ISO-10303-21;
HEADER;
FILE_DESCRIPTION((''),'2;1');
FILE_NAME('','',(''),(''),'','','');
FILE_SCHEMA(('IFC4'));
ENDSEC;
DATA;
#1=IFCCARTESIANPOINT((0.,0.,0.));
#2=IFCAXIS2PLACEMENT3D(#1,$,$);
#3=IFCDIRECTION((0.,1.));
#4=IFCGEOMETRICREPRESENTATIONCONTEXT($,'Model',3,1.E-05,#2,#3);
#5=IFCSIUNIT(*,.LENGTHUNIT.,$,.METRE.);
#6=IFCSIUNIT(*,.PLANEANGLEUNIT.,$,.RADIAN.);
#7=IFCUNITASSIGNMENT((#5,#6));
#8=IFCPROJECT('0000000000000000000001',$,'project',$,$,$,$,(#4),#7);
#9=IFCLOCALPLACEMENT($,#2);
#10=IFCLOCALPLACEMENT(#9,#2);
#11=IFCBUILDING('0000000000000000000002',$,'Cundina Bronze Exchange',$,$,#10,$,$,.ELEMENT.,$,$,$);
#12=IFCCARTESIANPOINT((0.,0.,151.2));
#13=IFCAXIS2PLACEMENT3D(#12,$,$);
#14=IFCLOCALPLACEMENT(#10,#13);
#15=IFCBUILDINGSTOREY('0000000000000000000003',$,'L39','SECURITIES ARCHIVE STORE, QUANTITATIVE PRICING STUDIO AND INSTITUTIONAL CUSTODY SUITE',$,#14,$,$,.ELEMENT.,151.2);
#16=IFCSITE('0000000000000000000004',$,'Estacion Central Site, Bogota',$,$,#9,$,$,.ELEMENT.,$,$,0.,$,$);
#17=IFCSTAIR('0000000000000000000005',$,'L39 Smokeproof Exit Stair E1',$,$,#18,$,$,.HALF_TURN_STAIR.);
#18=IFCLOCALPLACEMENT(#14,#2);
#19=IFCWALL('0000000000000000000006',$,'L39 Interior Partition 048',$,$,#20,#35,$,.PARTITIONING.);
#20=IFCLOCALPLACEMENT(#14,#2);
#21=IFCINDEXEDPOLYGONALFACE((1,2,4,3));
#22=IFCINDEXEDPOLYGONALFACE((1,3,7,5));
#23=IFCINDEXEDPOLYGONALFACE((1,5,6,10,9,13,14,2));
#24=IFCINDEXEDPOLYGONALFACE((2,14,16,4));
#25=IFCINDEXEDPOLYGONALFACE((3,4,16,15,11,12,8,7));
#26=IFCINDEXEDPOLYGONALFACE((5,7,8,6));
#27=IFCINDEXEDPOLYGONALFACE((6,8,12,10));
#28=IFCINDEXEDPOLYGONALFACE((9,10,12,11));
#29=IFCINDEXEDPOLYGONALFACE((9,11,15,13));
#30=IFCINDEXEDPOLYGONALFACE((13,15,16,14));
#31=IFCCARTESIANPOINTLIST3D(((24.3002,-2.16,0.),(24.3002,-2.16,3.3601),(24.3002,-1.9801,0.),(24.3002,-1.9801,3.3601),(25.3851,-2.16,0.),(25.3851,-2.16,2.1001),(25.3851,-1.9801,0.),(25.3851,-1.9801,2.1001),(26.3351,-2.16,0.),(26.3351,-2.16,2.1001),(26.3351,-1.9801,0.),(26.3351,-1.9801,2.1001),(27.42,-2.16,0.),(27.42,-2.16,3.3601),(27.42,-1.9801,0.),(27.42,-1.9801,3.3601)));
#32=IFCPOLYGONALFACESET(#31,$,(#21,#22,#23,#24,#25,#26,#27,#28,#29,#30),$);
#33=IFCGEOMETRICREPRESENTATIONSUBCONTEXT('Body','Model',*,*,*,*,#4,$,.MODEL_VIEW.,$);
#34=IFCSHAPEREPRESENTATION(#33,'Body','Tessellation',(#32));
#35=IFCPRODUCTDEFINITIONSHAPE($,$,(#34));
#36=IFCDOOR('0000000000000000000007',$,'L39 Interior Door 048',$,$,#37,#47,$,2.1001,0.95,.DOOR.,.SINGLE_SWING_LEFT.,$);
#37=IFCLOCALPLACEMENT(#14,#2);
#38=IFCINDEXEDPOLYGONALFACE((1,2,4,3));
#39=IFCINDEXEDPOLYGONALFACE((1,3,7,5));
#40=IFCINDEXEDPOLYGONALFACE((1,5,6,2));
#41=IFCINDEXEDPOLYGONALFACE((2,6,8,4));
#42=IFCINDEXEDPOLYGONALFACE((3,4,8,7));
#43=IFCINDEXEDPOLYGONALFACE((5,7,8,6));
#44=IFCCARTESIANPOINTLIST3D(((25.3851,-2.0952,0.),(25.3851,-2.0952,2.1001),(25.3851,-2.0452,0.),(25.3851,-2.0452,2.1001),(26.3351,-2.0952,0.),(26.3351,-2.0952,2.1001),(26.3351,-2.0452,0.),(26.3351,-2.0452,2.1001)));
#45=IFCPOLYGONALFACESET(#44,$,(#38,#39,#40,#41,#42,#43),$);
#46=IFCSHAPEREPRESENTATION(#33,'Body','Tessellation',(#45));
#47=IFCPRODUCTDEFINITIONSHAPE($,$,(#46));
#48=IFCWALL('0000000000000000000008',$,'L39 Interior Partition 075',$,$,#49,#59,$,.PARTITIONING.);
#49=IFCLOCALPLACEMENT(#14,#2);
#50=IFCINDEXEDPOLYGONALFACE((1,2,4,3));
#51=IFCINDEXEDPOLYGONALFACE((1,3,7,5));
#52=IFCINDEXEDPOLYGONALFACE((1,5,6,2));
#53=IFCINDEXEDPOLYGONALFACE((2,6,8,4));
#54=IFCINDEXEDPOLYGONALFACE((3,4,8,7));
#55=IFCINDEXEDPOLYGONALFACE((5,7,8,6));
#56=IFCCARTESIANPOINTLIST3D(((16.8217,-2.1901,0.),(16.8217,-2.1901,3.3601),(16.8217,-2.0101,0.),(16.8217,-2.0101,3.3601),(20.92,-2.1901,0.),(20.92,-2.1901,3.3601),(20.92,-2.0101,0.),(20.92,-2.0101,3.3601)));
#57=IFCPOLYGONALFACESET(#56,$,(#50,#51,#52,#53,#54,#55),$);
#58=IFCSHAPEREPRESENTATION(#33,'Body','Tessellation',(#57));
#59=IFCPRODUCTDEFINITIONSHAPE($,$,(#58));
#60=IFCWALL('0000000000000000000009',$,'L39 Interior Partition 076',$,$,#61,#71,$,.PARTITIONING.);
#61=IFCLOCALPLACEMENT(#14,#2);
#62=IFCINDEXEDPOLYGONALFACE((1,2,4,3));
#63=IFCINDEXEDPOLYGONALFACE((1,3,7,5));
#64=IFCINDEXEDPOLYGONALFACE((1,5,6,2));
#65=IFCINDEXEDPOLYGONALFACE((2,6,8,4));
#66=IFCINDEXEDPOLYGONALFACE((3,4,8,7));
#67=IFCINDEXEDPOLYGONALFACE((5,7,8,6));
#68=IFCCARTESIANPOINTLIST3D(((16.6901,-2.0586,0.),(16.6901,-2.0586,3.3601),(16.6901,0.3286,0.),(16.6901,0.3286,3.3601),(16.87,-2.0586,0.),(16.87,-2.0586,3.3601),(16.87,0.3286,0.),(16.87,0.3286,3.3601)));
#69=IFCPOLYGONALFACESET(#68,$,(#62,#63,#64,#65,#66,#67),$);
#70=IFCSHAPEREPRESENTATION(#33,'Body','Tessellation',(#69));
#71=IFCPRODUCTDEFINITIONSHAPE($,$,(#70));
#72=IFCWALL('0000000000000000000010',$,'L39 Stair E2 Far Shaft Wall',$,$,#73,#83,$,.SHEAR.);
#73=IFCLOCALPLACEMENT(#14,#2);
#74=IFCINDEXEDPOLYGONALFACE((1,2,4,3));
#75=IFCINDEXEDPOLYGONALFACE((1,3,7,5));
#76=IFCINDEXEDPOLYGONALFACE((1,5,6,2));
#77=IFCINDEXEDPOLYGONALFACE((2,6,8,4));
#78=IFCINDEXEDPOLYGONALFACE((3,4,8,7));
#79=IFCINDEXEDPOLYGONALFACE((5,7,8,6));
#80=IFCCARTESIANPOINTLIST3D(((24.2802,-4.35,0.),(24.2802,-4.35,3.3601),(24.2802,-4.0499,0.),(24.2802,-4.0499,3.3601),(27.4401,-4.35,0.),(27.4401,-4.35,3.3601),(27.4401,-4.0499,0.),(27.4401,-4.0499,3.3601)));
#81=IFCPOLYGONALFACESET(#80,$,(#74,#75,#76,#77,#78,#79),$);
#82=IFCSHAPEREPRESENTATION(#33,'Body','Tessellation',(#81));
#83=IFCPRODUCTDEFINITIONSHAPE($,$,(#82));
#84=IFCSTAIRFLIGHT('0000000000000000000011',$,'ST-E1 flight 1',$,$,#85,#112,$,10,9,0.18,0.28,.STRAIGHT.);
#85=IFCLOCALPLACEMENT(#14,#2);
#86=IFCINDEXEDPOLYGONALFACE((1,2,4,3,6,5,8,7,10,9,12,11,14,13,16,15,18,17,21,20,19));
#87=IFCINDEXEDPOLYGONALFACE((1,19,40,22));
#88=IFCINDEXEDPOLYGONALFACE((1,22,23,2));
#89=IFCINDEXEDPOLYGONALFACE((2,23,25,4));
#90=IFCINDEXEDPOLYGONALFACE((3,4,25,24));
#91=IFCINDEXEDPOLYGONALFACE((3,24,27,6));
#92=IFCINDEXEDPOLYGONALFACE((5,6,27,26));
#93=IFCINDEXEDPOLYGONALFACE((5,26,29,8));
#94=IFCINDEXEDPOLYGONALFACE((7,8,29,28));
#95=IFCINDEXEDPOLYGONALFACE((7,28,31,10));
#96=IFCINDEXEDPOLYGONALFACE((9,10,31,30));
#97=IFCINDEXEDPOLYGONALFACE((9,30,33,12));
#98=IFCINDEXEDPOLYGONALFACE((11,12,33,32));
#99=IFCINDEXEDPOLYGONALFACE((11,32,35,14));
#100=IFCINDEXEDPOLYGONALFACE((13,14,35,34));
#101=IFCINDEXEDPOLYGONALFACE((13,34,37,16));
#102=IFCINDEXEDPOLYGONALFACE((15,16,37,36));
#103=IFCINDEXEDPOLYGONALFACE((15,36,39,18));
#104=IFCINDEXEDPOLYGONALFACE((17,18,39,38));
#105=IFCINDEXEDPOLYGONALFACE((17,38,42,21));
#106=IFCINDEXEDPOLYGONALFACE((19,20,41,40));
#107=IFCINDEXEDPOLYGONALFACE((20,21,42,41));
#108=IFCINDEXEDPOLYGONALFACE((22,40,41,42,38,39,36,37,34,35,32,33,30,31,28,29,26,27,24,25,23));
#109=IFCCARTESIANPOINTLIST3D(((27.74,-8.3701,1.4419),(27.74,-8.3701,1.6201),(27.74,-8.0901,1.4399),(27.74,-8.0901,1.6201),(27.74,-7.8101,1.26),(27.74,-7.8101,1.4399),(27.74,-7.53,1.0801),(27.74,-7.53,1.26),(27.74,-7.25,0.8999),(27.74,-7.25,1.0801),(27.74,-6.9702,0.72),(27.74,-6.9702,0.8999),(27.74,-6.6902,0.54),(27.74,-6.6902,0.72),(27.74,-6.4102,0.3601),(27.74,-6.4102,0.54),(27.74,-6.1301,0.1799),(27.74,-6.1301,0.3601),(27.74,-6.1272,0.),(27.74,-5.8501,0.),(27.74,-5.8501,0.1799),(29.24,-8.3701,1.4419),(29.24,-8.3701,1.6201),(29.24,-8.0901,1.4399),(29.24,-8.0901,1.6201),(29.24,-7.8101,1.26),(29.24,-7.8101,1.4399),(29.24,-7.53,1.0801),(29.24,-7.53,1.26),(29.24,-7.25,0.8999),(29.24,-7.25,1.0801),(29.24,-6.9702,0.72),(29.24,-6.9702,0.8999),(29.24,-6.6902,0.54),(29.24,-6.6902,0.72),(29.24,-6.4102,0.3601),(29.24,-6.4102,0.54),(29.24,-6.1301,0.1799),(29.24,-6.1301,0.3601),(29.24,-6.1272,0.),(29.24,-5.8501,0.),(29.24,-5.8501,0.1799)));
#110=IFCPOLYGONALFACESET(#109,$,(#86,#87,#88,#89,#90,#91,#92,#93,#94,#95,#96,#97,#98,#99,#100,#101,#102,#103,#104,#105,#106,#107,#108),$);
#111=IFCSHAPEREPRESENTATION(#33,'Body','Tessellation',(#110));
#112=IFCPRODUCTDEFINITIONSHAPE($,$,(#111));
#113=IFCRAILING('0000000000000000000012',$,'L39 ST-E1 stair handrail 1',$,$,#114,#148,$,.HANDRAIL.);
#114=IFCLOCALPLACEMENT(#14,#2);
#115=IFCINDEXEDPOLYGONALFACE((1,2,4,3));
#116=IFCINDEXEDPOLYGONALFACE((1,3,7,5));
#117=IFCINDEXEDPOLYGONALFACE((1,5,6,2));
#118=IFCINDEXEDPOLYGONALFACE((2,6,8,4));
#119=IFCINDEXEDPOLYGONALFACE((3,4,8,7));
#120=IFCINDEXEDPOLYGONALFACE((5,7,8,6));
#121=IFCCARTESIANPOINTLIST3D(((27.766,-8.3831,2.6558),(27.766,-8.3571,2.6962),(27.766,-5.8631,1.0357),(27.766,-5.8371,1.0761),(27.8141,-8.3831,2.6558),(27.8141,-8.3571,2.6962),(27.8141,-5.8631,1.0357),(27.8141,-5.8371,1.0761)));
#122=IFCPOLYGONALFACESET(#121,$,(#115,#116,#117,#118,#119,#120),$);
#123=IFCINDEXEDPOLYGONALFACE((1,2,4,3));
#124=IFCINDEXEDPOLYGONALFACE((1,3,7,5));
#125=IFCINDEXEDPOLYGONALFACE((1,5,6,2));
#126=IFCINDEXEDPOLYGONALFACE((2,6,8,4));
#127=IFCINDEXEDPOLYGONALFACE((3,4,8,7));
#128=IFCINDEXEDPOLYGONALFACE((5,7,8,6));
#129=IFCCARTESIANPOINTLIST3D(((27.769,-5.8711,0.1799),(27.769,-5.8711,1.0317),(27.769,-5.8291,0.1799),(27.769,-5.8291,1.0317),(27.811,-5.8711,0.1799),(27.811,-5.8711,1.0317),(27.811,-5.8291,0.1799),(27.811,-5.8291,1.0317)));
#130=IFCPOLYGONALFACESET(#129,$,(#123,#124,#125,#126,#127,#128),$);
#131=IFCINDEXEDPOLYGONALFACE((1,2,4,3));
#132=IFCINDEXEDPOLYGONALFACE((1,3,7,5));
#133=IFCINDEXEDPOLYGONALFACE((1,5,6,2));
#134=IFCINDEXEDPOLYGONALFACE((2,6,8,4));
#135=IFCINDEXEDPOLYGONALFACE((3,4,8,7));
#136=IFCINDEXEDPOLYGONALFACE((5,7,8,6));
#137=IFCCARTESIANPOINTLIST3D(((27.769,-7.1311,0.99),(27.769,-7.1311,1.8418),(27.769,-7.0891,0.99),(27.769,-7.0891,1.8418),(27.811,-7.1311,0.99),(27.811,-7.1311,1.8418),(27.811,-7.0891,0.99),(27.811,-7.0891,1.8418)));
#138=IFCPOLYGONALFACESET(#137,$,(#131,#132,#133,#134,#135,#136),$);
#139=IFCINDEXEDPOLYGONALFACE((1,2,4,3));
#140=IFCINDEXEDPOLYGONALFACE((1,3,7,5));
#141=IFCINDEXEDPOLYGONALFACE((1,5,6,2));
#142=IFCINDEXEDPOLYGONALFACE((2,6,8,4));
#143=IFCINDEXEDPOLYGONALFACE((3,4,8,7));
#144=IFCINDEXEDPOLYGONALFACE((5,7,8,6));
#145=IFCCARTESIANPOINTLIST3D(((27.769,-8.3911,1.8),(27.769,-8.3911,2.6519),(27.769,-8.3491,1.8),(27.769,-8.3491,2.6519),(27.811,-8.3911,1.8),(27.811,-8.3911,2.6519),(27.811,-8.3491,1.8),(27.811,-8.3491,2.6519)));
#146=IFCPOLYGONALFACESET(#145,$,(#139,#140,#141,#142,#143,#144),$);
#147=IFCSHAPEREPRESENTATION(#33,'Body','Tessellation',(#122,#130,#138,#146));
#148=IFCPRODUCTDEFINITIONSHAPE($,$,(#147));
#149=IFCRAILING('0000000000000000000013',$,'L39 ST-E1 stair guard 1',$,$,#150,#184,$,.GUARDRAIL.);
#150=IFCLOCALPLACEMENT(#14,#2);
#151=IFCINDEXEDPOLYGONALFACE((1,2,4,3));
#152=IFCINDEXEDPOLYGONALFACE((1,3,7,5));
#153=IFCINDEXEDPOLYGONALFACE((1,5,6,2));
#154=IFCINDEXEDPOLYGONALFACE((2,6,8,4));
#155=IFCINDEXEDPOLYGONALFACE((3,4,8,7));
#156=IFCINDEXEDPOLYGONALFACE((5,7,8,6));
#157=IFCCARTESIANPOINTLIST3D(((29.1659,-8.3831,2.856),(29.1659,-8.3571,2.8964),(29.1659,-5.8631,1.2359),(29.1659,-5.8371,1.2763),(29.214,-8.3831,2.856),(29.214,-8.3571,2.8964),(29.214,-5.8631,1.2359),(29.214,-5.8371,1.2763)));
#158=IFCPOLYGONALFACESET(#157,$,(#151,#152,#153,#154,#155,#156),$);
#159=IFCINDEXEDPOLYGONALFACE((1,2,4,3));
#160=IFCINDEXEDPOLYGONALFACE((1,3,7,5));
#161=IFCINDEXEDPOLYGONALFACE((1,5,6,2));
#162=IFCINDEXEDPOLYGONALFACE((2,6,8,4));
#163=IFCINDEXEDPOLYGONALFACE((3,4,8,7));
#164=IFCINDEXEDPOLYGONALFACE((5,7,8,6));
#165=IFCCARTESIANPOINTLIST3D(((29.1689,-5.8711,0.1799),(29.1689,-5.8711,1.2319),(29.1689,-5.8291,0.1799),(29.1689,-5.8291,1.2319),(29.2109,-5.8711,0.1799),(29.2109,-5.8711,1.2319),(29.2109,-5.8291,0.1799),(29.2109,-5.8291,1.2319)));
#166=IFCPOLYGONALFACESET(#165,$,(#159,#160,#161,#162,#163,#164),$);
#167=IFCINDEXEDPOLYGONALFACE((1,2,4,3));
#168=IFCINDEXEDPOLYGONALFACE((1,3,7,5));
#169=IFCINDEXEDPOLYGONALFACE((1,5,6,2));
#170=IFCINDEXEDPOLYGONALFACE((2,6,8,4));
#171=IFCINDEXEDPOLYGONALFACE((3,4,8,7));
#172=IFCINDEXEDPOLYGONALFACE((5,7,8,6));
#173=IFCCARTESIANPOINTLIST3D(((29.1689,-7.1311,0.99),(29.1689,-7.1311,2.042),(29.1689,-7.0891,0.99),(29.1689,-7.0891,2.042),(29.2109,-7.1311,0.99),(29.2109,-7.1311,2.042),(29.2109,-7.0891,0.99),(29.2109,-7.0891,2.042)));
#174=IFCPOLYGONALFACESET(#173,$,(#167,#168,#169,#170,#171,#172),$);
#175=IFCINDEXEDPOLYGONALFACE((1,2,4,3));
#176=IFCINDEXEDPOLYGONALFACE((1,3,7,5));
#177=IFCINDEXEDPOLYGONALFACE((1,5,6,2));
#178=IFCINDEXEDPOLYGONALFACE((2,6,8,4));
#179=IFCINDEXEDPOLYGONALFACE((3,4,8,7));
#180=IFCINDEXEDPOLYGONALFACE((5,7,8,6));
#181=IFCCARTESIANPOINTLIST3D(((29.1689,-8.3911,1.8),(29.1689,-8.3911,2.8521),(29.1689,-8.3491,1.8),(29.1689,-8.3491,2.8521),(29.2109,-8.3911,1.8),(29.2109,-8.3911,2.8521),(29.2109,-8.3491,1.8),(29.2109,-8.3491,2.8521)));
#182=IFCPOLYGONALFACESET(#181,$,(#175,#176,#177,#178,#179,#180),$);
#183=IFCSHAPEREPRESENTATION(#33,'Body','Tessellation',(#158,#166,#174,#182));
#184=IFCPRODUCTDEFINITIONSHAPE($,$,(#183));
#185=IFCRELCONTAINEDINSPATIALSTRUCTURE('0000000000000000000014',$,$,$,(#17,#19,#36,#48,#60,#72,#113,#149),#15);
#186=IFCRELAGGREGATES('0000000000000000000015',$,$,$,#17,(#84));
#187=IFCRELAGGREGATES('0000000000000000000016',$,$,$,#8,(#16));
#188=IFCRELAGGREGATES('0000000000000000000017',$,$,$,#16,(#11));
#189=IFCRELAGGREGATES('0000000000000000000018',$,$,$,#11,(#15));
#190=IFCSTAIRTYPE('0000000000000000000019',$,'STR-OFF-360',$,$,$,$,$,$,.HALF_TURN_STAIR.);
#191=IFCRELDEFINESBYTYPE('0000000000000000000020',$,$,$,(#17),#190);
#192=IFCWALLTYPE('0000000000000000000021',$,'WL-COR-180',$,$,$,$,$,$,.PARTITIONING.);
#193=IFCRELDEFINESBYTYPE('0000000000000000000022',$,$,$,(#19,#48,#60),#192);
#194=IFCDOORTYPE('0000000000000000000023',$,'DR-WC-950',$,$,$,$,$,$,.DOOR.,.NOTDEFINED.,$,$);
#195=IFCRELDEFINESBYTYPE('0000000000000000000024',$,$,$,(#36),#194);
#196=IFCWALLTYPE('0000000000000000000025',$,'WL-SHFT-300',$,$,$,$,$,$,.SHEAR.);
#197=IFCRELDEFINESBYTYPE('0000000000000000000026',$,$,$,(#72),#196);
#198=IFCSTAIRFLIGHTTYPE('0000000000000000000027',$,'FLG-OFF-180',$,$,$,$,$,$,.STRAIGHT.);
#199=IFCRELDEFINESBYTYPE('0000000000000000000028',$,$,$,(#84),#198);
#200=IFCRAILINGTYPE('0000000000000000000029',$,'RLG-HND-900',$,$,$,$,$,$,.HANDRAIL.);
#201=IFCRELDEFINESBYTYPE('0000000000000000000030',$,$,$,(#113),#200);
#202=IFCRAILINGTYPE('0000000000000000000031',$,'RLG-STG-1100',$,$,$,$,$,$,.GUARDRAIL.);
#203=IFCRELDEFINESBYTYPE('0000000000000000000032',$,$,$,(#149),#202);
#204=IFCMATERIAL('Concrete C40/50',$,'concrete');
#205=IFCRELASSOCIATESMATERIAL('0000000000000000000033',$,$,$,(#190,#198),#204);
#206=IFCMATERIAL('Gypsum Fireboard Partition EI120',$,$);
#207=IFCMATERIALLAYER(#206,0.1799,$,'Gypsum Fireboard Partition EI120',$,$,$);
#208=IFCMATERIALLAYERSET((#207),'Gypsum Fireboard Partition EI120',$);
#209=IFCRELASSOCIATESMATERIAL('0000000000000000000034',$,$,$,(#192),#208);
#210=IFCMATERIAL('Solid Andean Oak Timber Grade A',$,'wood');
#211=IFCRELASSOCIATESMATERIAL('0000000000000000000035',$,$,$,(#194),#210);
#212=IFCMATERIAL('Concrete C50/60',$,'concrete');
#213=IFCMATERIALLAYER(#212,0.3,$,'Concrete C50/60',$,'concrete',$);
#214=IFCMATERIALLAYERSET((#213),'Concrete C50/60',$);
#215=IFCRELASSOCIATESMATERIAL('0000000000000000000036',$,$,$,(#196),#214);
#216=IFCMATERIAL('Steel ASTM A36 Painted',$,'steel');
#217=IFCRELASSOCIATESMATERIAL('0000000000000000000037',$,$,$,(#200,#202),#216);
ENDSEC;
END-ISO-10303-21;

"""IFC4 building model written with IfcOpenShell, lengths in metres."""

from ifc_helpers import new_model, si_unit, direction, frame, frame_2d, origin, origin_2d, place, context, subcontext, project, spatial, polyline, rectangle, outline, extrude, material, layer, layer_set, type_object, element, fill, aggregate, save


model = new_model("IFC4")

# Units and contexts
model_context = context("Model", 3, precision=1e-05, world=origin(), true_north=direction((0.0, 1.0)))
body_context = subcontext(model_context, "Body", "Model", "MODEL_VIEW")
ifc_project = project(units=[si_unit("LENGTHUNIT", "METRE"), si_unit("PLANEANGLEUNIT", "RADIAN")], contexts=[model_context])

# Site, building, storey
site_placement = place(None, origin())
site = spatial("IfcSite", under=ifc_project, at=site_placement, Name="Estacion Central Site, Bogota", CompositionType="ELEMENT", RefElevation=0.0)
building_placement = place(site_placement, origin())
building = spatial("IfcBuilding", under=site, at=building_placement, Name="Cundina Bronze Exchange", CompositionType="ELEMENT")
storey_placement = place(building_placement, frame((0.0, 0.0, 151.2)))
storey = spatial("IfcBuildingStorey", under=building, at=storey_placement, Name="L39", Description="SECURITIES ARCHIVE STORE, QUANTITATIVE PRICING STUDIO AND INSTITUTIONAL CUSTODY SUITE", CompositionType="ELEMENT", Elevation=151.2)

# Shared definitions
ifc_material_1 = material(Name="Concrete C50/60", Category="concrete")

# Stair
ifc_material_2 = material(Name="Concrete C40/50", Category="concrete")
stair_type = type_object("IfcStairType", Name="STR-OFF-360", PredefinedType="HALF_TURN_STAIR", material=ifc_material_2)
stair_1_placement = place(storey_placement, origin())
stair_1 = element("IfcStair", 1, at=stair_1_placement, inside=storey, type_object=stair_type, Name="L39 Smokeproof Exit Stair E1", PredefinedType="HALF_TURN_STAIR")

# Wall, opening, door
ifc_material_3 = material(Name="Gypsum Fireboard Partition EI120")
ifc_layer_1 = layer(ifc_material_3, 0.1799, Name="Gypsum Fireboard Partition EI120")
ifc_layer_set_1 = layer_set([ifc_layer_1], Name="Gypsum Fireboard Partition EI120")
wall_type_1 = type_object("IfcWallType", Name="WL-COR-180", PredefinedType="PARTITIONING", material=ifc_layer_set_1)
ifc_material_4 = material(Name="Steel ASTM A36 Painted", Category="steel")
wall_1_placement = place(storey_placement, frame((24.3, -2.0701, 0.0), z_axis=(0.0, 0.0, 1.0), x_axis=(1.0, 0.0, 0.0)))
wall_1 = element("IfcWall", 2, at=wall_1_placement, inside=storey, type_object=wall_type_1, Name="L39 Interior Partition 048", PredefinedType="PARTITIONING", context=body_context, shape_type="SweptSolid", body=[
    extrude(rectangle(XDim=3.1199, YDim=0.1799, at=frame_2d((1.5601, 0.0))), origin(), (0.0, 0.0, 1.0), 3.3601),
])
opening_1_placement = place(wall_1_placement, frame((1.085, 0.0, 0.0)))
opening_1 = element("IfcOpeningElement", 3, at=opening_1_placement, cuts=wall_1, PredefinedType="OPENING", context=body_context, shape_type="SweptSolid", body=[
    extrude(rectangle(XDim=0.95, YDim=2.1001, at=frame_2d((0.4751, 1.05))), frame((0.0, 0.0999, 0.0), z_axis=(0.0, -1.0, 0.0), x_axis=(1.0, 0.0, 0.0)), (0.0, 0.0, 1.0), 0.2),
])
ifc_material_5 = material(Name="Solid Andean Oak Timber Grade A", Category="wood")
door_type_1 = type_object("IfcDoorType", Name="DR-WC-950", OperationType="NOTDEFINED", PredefinedType="DOOR", material=ifc_material_5)
door_1_placement = place(opening_1_placement, origin())
door_1 = element("IfcDoor", 4, at=door_1_placement, inside=storey, type_object=door_type_1, Name="L39 Interior Door 048", OperationType="SINGLE_SWING_LEFT", OverallHeight=2.1001, OverallWidth=0.95, PredefinedType="DOOR", context=body_context, shape_type="SweptSolid", body=[
    extrude(rectangle(XDim=0.95, YDim=2.1001, at=frame_2d((0.4751, 1.05))), frame((0.0, 0.0249, 0.0), z_axis=(0.0, -1.0, 0.0), x_axis=(1.0, 0.0, 0.0)), (0.0, 0.0, 1.0), 0.05),
])
fill(opening_1, door_1)

# Walls
wall_2_placement = place(storey_placement, frame((16.8215, -2.1001, 0.0), z_axis=(0.0, 0.0, 1.0), x_axis=(1.0, 0.0, 0.0)))
element("IfcWall", 5, at=wall_2_placement, inside=storey, type_object=wall_type_1, Name="L39 Interior Partition 075", PredefinedType="PARTITIONING", context=body_context, shape_type="SweptSolid", body=[
    extrude(rectangle(XDim=4.0984, YDim=0.1799, at=frame_2d((2.0493, 0.0))), origin(), (0.0, 0.0, 1.0), 3.3601),
])
wall_3_placement = place(storey_placement, frame((16.78, 0.3286, 0.0), z_axis=(0.0, 0.0, 1.0), x_axis=(0.0, -1.0, 0.0)))
element("IfcWall", 6, at=wall_3_placement, inside=storey, type_object=wall_type_1, Name="L39 Interior Partition 076", PredefinedType="PARTITIONING", context=body_context, shape_type="SweptSolid", body=[
    extrude(rectangle(XDim=2.3872, YDim=0.1799, at=frame_2d((1.1936, 0.0))), origin(), (0.0, 0.0, 1.0), 3.3601),
])

# Shared definitions
ifc_layer_2 = layer(ifc_material_1, 0.3, Name="Concrete C50/60", Category="concrete")
ifc_layer_set_2 = layer_set([ifc_layer_2], Name="Concrete C50/60")
wall_type_2 = type_object("IfcWallType", Name="WL-SHFT-300", PredefinedType="SHEAR", material=ifc_layer_set_2)

# Wall
wall_4_placement = place(storey_placement, frame((24.28, -4.2, 0.0), z_axis=(0.0, 0.0, 1.0), x_axis=(1.0, 0.0, 0.0)))
element("IfcWall", 7, at=wall_4_placement, inside=storey, type_object=wall_type_2, Name="L39 Stair E2 Far Shaft Wall", PredefinedType="SHEAR", context=body_context, shape_type="SweptSolid", body=[
    extrude(rectangle(XDim=3.1599, YDim=0.3, at=frame_2d((1.5801, 0.0))), origin(), (0.0, 0.0, 1.0), 3.3601),
])

# Stair flight
stair_flight_type = type_object("IfcStairFlightType", Name="FLG-OFF-180", PredefinedType="STRAIGHT", material=ifc_material_2)
stair_flight_placement = place(storey_placement, frame((28.49, -5.8501, 0.0), z_axis=(0.0, 0.0, 1.0), x_axis=(0.0, -1.0, 0.0)))
stair_flight = element("IfcStairFlight", 8, at=stair_flight_placement, type_object=stair_flight_type, Name="ST-E1 flight 1", NumberOfRisers=10, NumberOfTreads=9, PredefinedType="STRAIGHT", RiserHeight=0.18, TreadLength=0.28, context=body_context, shape_type="SweptSolid", body=[
    extrude(outline(polyline([(0.0, 0.0), (0.0, 0.1799), (0.28, 0.1799), (0.28, 0.3601), (0.5601, 0.3601), (0.5601, 0.54), (0.8401, 0.54), (0.8401, 0.72), (1.1201, 0.72), (1.1201, 0.8999), (1.3999, 0.8999), (1.3999, 1.0801), (1.6799, 1.0801), (1.6799, 1.26), (1.96, 1.26), (1.96, 1.4399), (2.24, 1.4399), (2.24, 1.6201), (2.52, 1.6201), (2.52, 1.8), (2.52, 1.4419), (0.2771, 0.0), (0.0, 0.0)])), frame((0.0, 0.75, 0.0), z_axis=(0.0, -1.0, 0.0), x_axis=(1.0, 0.0, 0.0)), (0.0, 0.0, 1.0), 1.5),
])
aggregate(stair_1, [stair_flight])

# Railings
railing_type_1 = type_object("IfcRailingType", Name="RLG-HND-900", PredefinedType="HANDRAIL", material=ifc_material_4)
railing_1_placement = place(storey_placement, frame((27.79, -5.8501, 0.1799)))
element("IfcRailing", 9, at=railing_1_placement, inside=storey, type_object=railing_type_1, Name="L39 ST-E1 stair handrail 1", PredefinedType="HANDRAIL", context=body_context, shape_type="SweptSolid", body=[
    extrude(rectangle(XDim=0.0481, YDim=0.0481, at=origin_2d()), frame((0.0, 0.0, 0.876), z_axis=(0.0, -0.841163, 0.540782), x_axis=(1.0, 0.0, 0.0)), (0.0, 0.0, 1.0), 2.9958),
    extrude(rectangle(XDim=0.042, YDim=0.042, at=origin_2d()), origin(), (0.0, 0.0, 1.0), 0.8518),
    extrude(rectangle(XDim=0.042, YDim=0.042, at=origin_2d()), frame((0.0, -1.26, 0.8101)), (0.0, 0.0, 1.0), 0.8518),
    extrude(rectangle(XDim=0.042, YDim=0.042, at=origin_2d()), frame((0.0, -2.52, 1.6201)), (0.0, 0.0, 1.0), 0.8518),
])
railing_type_2 = type_object("IfcRailingType", Name="RLG-STG-1100", PredefinedType="GUARDRAIL", material=ifc_material_4)
railing_2_placement = place(storey_placement, frame((29.1899, -5.8501, 0.1799)))
element("IfcRailing", 10, at=railing_2_placement, inside=storey, type_object=railing_type_2, Name="L39 ST-E1 stair guard 1", PredefinedType="GUARDRAIL", context=body_context, shape_type="SweptSolid", body=[
    extrude(rectangle(XDim=0.0481, YDim=0.0481, at=origin_2d()), frame((0.0, 0.0, 1.0762), z_axis=(0.0, -0.841163, 0.540782), x_axis=(1.0, 0.0, 0.0)), (0.0, 0.0, 1.0), 2.9958),
    extrude(rectangle(XDim=0.042, YDim=0.042, at=origin_2d()), origin(), (0.0, 0.0, 1.0), 1.052),
    extrude(rectangle(XDim=0.042, YDim=0.042, at=origin_2d()), frame((0.0, -1.26, 0.8101)), (0.0, 0.0, 1.0), 1.052),
    extrude(rectangle(XDim=0.042, YDim=0.042, at=origin_2d()), frame((0.0, -2.52, 1.6201)), (0.0, 0.0, 1.0), 1.052),
])

save(model, "model.ifc")
